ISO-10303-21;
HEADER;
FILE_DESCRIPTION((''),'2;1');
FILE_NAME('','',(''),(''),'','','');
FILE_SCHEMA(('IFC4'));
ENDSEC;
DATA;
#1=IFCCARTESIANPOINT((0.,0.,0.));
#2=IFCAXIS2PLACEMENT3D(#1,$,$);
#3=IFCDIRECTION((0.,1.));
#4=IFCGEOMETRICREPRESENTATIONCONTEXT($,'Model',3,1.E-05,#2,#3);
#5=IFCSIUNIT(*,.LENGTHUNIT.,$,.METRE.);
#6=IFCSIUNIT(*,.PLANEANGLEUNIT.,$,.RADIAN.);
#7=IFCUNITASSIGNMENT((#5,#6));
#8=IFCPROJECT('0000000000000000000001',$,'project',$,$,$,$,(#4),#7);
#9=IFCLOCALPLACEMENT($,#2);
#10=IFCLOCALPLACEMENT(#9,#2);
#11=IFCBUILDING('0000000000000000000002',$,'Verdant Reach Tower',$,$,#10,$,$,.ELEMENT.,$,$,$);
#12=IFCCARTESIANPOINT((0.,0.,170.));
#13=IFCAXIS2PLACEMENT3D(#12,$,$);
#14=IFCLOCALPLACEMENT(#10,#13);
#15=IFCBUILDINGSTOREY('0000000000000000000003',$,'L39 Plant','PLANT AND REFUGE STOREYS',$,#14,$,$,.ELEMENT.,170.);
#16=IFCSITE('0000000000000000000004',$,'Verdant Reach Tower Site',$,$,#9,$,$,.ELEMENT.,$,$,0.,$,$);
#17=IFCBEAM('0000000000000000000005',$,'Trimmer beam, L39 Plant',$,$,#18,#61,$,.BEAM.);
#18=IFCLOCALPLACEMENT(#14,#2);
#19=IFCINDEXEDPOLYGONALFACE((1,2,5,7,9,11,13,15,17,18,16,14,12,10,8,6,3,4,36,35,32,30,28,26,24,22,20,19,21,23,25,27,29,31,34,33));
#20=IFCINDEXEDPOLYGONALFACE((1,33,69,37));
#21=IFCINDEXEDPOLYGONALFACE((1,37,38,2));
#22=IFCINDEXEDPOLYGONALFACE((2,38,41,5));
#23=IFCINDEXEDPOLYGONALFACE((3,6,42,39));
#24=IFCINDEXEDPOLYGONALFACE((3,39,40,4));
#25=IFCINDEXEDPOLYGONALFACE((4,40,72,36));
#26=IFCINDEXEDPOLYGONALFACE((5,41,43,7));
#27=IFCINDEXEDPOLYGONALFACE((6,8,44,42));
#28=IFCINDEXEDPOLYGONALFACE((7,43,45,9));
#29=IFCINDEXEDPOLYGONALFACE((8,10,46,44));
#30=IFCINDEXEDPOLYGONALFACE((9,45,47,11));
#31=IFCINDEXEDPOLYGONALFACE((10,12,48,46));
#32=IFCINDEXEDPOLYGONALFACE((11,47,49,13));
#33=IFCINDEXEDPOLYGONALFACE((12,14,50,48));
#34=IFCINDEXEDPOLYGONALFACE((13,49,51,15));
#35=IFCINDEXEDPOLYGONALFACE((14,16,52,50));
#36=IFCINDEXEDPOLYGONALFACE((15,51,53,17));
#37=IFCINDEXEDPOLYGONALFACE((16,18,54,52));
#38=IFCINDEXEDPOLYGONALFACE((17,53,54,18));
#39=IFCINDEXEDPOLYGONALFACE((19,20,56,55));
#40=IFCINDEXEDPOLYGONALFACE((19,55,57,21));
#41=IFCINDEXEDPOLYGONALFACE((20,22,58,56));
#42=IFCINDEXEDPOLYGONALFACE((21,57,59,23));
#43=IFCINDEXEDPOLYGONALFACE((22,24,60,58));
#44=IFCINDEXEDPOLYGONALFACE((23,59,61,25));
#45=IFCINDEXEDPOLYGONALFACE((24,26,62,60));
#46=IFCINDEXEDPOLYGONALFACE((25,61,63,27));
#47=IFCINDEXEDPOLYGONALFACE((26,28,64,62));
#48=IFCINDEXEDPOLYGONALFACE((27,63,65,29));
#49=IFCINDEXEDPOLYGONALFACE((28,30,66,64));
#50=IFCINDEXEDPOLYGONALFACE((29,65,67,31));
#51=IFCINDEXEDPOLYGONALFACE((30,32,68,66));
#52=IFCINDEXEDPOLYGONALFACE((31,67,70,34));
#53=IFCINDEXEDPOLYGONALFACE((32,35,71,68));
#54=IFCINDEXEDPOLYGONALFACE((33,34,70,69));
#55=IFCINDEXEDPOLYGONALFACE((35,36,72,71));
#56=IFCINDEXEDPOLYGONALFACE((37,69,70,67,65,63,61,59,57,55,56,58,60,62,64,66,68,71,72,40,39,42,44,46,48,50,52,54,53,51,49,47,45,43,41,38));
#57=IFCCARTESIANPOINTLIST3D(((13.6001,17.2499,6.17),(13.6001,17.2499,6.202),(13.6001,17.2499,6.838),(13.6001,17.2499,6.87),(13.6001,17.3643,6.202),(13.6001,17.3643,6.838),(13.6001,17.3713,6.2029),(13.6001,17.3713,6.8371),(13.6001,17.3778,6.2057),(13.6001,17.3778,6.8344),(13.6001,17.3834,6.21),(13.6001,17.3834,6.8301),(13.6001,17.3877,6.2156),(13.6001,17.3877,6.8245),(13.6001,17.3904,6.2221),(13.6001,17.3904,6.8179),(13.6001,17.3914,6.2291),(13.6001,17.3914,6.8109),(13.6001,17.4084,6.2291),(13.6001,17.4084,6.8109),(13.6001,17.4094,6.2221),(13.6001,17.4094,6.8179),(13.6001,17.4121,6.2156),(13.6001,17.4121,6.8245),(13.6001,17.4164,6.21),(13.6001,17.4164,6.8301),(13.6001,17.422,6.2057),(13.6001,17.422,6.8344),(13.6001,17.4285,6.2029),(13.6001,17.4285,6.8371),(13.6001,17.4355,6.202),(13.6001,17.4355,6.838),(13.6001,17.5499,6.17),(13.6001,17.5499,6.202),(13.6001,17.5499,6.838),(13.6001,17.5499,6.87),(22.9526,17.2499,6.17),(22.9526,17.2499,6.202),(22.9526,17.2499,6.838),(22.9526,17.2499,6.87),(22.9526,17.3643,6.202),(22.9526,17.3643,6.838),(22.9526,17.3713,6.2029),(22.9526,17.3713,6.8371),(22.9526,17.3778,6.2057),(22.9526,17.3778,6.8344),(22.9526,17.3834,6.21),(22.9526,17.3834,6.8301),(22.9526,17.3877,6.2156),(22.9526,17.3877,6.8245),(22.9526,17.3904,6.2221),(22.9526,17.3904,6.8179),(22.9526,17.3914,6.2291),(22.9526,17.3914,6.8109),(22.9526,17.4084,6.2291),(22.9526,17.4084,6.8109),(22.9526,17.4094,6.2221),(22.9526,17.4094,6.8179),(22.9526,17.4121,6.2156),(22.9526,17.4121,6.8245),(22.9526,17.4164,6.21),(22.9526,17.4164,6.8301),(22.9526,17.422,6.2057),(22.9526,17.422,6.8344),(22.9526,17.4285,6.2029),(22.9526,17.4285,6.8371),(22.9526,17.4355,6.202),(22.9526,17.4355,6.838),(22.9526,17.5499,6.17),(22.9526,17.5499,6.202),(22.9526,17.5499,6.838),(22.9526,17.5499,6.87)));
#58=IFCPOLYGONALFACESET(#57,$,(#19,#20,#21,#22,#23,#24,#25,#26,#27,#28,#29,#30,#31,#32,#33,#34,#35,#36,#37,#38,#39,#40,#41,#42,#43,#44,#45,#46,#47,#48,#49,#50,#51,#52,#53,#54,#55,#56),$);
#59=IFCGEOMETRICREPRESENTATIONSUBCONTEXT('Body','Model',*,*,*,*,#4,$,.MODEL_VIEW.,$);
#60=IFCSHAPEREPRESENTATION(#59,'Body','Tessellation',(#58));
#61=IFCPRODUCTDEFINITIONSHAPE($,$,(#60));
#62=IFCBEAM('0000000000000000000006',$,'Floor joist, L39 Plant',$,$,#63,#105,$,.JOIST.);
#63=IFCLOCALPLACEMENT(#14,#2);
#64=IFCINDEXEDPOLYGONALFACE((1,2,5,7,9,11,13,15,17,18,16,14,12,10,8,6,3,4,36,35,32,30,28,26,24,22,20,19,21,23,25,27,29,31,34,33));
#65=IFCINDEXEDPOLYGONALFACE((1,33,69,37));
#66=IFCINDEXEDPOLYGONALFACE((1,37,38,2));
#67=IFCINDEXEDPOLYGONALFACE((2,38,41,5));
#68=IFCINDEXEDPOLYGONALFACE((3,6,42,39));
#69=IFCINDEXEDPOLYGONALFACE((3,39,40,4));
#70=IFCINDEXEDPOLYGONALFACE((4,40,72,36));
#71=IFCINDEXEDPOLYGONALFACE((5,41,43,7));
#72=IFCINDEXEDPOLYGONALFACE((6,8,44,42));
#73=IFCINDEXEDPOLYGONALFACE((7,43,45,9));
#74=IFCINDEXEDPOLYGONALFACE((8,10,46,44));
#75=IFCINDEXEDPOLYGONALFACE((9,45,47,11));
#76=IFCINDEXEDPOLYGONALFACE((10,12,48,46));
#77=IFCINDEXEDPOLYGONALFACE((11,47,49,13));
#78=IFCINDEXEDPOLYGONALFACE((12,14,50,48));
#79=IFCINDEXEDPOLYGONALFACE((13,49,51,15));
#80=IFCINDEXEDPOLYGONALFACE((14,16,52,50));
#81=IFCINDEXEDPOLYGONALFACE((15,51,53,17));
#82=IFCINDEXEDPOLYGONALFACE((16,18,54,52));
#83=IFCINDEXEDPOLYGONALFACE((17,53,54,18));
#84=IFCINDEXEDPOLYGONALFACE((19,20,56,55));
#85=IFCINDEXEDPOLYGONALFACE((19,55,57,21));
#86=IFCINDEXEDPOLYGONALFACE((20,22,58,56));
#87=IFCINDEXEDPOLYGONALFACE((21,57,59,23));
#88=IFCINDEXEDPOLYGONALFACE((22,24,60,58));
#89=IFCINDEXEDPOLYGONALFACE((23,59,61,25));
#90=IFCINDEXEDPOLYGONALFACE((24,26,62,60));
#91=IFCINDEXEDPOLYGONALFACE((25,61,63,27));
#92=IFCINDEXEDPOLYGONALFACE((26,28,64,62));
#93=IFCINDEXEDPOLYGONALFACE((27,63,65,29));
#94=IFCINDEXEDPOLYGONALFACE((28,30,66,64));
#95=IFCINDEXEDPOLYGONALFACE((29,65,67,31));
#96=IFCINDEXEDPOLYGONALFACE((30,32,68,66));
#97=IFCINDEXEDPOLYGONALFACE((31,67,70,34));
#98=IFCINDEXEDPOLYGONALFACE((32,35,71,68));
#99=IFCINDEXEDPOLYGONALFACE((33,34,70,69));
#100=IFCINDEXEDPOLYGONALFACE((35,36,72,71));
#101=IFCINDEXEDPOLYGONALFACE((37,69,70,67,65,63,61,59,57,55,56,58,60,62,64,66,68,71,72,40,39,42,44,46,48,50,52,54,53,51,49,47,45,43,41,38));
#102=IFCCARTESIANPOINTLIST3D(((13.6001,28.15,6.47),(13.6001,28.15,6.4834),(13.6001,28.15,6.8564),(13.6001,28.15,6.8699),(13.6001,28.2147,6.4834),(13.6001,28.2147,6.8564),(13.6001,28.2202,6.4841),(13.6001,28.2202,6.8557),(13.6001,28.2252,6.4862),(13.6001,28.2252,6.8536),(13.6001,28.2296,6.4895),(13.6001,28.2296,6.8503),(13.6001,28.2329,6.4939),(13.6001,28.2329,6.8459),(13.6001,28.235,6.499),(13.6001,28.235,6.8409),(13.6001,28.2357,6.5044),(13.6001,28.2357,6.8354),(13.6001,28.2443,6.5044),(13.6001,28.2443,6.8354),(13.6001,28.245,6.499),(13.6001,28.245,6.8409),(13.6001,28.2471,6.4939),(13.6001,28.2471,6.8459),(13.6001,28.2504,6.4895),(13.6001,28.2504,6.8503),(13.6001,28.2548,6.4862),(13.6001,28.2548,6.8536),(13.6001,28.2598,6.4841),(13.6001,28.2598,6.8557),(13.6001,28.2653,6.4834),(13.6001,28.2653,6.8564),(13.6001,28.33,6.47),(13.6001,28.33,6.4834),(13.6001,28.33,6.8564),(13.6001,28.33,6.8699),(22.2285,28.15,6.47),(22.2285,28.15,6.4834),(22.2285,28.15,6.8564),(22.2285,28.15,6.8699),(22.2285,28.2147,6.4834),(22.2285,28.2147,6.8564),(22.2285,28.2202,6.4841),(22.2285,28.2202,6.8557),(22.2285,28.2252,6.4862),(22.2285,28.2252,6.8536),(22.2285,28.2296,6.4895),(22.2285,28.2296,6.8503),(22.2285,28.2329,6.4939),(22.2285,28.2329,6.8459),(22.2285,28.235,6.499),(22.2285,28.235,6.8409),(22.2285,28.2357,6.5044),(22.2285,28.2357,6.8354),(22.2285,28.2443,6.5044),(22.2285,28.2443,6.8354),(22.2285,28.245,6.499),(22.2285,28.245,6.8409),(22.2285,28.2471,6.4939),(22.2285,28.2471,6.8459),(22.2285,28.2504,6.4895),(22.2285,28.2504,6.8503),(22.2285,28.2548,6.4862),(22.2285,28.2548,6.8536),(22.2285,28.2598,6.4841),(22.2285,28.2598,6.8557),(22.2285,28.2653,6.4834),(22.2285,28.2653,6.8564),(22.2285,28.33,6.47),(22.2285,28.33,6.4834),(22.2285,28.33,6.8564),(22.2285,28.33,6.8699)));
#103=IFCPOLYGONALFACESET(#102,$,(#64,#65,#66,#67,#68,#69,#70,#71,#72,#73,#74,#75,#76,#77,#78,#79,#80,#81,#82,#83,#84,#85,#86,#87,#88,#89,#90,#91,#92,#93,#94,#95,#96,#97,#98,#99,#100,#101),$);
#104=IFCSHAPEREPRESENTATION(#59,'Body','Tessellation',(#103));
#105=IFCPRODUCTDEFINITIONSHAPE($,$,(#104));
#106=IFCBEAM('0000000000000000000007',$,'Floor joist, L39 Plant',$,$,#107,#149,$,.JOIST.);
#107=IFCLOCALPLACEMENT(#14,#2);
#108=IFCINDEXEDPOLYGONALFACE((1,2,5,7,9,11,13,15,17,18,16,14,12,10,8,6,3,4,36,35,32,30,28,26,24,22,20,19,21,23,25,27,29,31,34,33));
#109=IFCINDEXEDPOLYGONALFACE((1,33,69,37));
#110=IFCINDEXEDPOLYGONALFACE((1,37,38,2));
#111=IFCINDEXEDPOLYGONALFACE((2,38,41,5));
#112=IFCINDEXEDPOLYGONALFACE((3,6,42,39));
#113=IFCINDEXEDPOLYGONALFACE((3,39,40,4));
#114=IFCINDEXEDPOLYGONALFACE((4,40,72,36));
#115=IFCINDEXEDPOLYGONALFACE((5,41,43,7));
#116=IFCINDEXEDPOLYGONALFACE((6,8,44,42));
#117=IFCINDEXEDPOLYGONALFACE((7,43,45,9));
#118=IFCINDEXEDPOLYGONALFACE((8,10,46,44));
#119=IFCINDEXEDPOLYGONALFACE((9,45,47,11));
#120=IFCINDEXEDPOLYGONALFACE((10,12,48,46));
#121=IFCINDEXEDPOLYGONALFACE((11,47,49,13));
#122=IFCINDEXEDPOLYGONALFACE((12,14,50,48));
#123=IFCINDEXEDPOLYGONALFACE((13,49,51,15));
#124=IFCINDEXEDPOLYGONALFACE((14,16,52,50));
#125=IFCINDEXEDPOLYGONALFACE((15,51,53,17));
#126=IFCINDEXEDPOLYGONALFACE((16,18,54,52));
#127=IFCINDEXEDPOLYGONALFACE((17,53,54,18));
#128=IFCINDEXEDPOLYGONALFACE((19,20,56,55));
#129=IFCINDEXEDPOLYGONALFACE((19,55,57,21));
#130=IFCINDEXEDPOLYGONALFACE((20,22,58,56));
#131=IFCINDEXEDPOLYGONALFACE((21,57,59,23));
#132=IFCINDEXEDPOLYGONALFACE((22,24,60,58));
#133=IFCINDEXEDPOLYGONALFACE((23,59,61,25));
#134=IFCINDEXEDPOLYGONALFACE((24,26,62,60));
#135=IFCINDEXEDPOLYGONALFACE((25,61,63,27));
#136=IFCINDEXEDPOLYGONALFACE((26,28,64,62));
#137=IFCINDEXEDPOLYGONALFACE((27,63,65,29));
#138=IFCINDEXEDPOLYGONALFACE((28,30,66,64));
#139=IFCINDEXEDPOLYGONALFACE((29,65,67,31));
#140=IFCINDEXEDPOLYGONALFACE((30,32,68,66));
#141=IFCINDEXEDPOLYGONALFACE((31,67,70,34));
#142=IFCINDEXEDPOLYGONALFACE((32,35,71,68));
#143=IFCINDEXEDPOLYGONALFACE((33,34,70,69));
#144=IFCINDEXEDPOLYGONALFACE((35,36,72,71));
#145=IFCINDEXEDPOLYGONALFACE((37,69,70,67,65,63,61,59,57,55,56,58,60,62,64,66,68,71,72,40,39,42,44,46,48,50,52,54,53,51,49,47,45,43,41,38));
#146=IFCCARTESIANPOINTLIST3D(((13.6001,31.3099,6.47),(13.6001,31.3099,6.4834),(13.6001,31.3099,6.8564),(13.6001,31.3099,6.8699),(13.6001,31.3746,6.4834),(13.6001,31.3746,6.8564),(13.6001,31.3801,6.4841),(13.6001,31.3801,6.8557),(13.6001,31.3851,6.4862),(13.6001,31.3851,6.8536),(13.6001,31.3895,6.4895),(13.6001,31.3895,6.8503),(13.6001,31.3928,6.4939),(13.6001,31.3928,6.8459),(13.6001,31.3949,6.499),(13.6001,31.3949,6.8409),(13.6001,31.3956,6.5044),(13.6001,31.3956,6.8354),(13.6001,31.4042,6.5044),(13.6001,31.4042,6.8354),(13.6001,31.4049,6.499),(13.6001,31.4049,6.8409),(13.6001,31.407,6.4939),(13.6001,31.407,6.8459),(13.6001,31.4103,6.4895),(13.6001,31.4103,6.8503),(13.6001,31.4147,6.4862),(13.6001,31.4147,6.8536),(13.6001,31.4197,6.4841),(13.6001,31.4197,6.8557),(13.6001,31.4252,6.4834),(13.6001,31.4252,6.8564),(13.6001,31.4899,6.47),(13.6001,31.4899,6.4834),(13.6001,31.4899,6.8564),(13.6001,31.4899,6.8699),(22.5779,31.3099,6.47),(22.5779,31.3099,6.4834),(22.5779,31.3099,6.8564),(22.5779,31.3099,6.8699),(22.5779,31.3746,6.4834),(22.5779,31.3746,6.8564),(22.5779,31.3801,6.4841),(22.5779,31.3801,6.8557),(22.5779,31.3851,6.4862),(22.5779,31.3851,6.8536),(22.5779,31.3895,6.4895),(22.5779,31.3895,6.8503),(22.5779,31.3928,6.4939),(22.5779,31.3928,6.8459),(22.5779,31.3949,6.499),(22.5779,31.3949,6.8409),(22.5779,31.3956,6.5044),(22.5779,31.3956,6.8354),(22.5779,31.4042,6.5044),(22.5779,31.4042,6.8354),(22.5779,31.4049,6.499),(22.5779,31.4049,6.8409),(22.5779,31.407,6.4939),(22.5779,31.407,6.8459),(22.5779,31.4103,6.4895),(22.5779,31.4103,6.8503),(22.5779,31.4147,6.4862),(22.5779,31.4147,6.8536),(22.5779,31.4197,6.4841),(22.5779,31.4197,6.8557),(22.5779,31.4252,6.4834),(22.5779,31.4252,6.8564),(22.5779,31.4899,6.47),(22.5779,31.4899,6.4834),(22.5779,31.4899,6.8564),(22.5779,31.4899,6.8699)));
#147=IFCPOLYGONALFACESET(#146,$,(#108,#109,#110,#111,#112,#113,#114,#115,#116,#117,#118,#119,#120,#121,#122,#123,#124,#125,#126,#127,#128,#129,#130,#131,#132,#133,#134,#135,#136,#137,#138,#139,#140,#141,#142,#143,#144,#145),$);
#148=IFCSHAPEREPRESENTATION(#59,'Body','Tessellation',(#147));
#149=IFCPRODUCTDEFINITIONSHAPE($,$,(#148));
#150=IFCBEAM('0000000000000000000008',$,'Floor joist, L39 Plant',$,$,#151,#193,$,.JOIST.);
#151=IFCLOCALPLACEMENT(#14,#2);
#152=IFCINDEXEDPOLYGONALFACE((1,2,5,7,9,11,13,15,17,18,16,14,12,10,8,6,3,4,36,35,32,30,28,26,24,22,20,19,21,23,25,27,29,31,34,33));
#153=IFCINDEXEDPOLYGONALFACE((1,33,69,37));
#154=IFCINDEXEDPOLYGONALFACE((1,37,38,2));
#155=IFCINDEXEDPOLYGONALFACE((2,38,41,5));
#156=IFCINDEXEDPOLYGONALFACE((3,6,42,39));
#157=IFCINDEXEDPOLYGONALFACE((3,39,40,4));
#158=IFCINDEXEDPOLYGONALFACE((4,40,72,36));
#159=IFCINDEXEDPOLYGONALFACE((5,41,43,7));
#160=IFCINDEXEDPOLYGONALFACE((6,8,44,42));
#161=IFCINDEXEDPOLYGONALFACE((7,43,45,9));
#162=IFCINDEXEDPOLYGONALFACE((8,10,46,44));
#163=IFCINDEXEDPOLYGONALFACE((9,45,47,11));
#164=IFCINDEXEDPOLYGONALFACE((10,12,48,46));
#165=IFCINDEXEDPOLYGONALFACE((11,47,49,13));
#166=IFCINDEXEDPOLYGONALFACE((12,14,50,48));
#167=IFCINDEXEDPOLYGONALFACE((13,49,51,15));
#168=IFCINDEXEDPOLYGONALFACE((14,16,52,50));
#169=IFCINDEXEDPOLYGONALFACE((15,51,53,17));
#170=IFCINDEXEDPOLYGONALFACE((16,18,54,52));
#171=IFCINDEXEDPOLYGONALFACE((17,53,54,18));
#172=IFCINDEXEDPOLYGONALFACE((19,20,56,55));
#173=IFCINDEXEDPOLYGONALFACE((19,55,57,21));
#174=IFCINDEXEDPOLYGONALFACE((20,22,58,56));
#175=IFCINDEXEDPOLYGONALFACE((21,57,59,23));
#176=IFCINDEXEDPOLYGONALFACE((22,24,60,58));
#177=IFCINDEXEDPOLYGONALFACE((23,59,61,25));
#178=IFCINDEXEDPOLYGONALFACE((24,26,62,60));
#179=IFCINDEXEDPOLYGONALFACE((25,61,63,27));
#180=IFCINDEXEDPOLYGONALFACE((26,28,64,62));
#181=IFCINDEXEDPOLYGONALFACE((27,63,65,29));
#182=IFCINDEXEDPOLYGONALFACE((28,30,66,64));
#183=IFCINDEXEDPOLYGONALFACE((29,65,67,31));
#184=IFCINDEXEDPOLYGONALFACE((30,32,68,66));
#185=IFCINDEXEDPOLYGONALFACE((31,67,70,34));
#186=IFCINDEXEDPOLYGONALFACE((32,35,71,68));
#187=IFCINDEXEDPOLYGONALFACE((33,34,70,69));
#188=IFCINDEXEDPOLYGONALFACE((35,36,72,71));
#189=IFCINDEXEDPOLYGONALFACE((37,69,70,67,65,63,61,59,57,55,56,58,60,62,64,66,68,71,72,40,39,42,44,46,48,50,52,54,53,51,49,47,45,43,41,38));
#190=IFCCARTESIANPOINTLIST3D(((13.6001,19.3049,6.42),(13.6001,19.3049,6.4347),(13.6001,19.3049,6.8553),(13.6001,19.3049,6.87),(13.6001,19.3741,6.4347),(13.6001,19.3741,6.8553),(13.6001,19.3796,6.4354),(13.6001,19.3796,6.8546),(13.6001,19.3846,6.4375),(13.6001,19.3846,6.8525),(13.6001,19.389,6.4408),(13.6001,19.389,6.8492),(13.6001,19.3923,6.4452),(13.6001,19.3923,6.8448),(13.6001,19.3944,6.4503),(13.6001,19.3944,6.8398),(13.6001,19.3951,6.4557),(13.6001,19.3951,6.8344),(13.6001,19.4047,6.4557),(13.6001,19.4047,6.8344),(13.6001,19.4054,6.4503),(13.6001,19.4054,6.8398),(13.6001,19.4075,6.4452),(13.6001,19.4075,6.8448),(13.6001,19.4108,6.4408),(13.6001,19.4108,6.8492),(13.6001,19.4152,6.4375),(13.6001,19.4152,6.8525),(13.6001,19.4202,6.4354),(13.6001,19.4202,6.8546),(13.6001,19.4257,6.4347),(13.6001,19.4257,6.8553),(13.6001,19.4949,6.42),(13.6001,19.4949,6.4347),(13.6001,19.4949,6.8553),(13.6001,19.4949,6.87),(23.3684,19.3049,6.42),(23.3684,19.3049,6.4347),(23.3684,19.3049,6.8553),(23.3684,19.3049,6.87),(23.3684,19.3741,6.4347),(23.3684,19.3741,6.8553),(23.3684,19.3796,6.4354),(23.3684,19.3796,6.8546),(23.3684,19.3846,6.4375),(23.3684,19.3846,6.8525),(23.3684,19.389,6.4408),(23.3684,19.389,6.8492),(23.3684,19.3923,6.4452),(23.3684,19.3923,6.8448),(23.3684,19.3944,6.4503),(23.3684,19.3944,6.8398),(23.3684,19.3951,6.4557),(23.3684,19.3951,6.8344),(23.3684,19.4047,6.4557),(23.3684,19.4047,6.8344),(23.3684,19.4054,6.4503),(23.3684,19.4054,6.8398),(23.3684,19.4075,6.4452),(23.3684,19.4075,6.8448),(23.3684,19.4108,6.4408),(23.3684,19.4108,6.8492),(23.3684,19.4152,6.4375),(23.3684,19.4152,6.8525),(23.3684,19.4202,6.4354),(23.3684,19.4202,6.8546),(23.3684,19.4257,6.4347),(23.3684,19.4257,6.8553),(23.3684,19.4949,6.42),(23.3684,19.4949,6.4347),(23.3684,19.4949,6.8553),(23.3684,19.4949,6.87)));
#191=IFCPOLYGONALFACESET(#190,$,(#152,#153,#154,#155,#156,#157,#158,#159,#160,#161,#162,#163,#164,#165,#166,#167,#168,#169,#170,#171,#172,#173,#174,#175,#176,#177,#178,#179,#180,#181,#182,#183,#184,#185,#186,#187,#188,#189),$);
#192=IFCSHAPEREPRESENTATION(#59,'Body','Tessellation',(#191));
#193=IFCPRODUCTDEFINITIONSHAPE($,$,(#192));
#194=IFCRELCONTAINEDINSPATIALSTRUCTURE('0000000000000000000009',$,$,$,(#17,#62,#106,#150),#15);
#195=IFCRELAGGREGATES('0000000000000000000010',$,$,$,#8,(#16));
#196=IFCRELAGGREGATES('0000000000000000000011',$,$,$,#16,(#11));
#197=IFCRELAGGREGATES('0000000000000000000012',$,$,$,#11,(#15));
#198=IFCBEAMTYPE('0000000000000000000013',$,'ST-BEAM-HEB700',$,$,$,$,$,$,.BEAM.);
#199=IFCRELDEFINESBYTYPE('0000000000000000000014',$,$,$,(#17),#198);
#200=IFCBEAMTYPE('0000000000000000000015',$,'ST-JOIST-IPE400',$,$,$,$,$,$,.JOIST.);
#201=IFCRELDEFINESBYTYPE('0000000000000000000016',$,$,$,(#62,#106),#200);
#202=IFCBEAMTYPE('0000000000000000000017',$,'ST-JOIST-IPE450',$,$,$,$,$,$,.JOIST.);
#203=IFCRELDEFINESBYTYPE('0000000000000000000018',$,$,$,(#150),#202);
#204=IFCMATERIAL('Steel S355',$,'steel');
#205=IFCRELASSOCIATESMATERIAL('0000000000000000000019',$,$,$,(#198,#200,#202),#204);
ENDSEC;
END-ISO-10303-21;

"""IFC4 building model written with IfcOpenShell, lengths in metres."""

from ifc_helpers import new_model, si_unit, direction, frame, origin, origin_2d, place, context, subcontext, project, spatial, i_section, extrude, material, material_profile, profile_set, type_object, element, save


model = new_model("IFC4")

# Units and contexts
model_context = context("Model", 3, precision=1e-05, world=origin(), true_north=direction((0.0, 1.0)))
body_context = subcontext(model_context, "Body", "Model", "MODEL_VIEW")
ifc_project = project(units=[si_unit("LENGTHUNIT", "METRE"), si_unit("PLANEANGLEUNIT", "RADIAN")], contexts=[model_context])

# Site, building, storey
site_placement = place(None, origin())
site = spatial("IfcSite", under=ifc_project, at=site_placement, Name="Verdant Reach Tower Site", CompositionType="ELEMENT", RefElevation=0.0)
building_placement = place(site_placement, origin())
building = spatial("IfcBuilding", under=site, at=building_placement, Name="Verdant Reach Tower", CompositionType="ELEMENT")
storey_placement = place(building_placement, frame((0.0, 0.0, 170.0)))
storey = spatial("IfcBuildingStorey", under=building, at=storey_placement, Name="L39 Plant", Description="PLANT AND REFUGE STOREYS", CompositionType="ELEMENT", Elevation=170.0)

# Beams
ifc_material_1 = material(Name="Steel S355", Category="steel")
ifc_material_profile_1 = material_profile(ifc_material_1, i_section(OverallWidth=0.3, OverallDepth=0.7, WebThickness=0.0171, FlangeThickness=0.032, FilletRadius=0.0271, at=origin_2d()), Name="HEB 700")
ifc_profile_set_1 = profile_set([ifc_material_profile_1], Name="Steel S355")
beam_type_1 = type_object("IfcBeamType", Name="ST-BEAM-HEB700", PredefinedType="BEAM", material=ifc_profile_set_1)
beam_1_placement = place(storey_placement, frame((13.6001, 17.3999, 6.52), z_axis=(1.0, 0.0, 0.0), x_axis=(0.0, 1.0, 0.0)))
element("IfcBeam", 1, at=beam_1_placement, inside=storey, type_object=beam_type_1, Name="Trimmer beam, L39 Plant", PredefinedType="BEAM", context=body_context, shape_type="SweptSolid", body=[
    extrude(i_section(OverallWidth=0.3, OverallDepth=0.7, WebThickness=0.0171, FlangeThickness=0.032, FilletRadius=0.0271, at=origin_2d()), origin(), (0.0, 0.0, 1.0), 9.3525),
])
ifc_material_profile_2 = material_profile(ifc_material_1, i_section(OverallWidth=0.1799, OverallDepth=0.3999, WebThickness=0.0085, FlangeThickness=0.0134, FilletRadius=0.021, at=origin_2d()), Name="IPE 400")
ifc_profile_set_2 = profile_set([ifc_material_profile_2], Name="Steel S355")
beam_type_2 = type_object("IfcBeamType", Name="ST-JOIST-IPE400", PredefinedType="JOIST", material=ifc_profile_set_2)
beam_2_placement = place(storey_placement, frame((13.6001, 28.24, 6.6699), z_axis=(1.0, 0.0, 0.0), x_axis=(0.0, 1.0, 0.0)))
element("IfcBeam", 2, at=beam_2_placement, inside=storey, type_object=beam_type_2, Name="Floor joist, L39 Plant", PredefinedType="JOIST", context=body_context, shape_type="SweptSolid", body=[
    extrude(i_section(OverallWidth=0.1799, OverallDepth=0.3999, WebThickness=0.0085, FlangeThickness=0.0134, FilletRadius=0.021, at=origin_2d()), origin(), (0.0, 0.0, 1.0), 8.6284),
])
beam_3_placement = place(storey_placement, frame((13.6001, 31.3999, 6.6699), z_axis=(1.0, 0.0, 0.0), x_axis=(0.0, 1.0, 0.0)))
element("IfcBeam", 3, at=beam_3_placement, inside=storey, type_object=beam_type_2, Name="Floor joist, L39 Plant", PredefinedType="JOIST", context=body_context, shape_type="SweptSolid", body=[
    extrude(i_section(OverallWidth=0.1799, OverallDepth=0.3999, WebThickness=0.0085, FlangeThickness=0.0134, FilletRadius=0.021, at=origin_2d()), origin(), (0.0, 0.0, 1.0), 8.9778),
])
ifc_material_profile_3 = material_profile(ifc_material_1, i_section(OverallWidth=0.1899, OverallDepth=0.45, WebThickness=0.0095, FlangeThickness=0.0146, FilletRadius=0.021, at=origin_2d()), Name="IPE 450")
ifc_profile_set_3 = profile_set([ifc_material_profile_3], Name="Steel S355")
beam_type_3 = type_object("IfcBeamType", Name="ST-JOIST-IPE450", PredefinedType="JOIST", material=ifc_profile_set_3)
beam_4_placement = place(storey_placement, frame((13.6001, 19.3999, 6.645), z_axis=(1.0, 0.0, 0.0), x_axis=(0.0, 1.0, 0.0)))
element("IfcBeam", 4, at=beam_4_placement, inside=storey, type_object=beam_type_3, Name="Floor joist, L39 Plant", PredefinedType="JOIST", context=body_context, shape_type="SweptSolid", body=[
    extrude(i_section(OverallWidth=0.1899, OverallDepth=0.45, WebThickness=0.0095, FlangeThickness=0.0146, FilletRadius=0.021, at=origin_2d()), origin(), (0.0, 0.0, 1.0), 9.7683),
])

save(model, "model.ifc")
